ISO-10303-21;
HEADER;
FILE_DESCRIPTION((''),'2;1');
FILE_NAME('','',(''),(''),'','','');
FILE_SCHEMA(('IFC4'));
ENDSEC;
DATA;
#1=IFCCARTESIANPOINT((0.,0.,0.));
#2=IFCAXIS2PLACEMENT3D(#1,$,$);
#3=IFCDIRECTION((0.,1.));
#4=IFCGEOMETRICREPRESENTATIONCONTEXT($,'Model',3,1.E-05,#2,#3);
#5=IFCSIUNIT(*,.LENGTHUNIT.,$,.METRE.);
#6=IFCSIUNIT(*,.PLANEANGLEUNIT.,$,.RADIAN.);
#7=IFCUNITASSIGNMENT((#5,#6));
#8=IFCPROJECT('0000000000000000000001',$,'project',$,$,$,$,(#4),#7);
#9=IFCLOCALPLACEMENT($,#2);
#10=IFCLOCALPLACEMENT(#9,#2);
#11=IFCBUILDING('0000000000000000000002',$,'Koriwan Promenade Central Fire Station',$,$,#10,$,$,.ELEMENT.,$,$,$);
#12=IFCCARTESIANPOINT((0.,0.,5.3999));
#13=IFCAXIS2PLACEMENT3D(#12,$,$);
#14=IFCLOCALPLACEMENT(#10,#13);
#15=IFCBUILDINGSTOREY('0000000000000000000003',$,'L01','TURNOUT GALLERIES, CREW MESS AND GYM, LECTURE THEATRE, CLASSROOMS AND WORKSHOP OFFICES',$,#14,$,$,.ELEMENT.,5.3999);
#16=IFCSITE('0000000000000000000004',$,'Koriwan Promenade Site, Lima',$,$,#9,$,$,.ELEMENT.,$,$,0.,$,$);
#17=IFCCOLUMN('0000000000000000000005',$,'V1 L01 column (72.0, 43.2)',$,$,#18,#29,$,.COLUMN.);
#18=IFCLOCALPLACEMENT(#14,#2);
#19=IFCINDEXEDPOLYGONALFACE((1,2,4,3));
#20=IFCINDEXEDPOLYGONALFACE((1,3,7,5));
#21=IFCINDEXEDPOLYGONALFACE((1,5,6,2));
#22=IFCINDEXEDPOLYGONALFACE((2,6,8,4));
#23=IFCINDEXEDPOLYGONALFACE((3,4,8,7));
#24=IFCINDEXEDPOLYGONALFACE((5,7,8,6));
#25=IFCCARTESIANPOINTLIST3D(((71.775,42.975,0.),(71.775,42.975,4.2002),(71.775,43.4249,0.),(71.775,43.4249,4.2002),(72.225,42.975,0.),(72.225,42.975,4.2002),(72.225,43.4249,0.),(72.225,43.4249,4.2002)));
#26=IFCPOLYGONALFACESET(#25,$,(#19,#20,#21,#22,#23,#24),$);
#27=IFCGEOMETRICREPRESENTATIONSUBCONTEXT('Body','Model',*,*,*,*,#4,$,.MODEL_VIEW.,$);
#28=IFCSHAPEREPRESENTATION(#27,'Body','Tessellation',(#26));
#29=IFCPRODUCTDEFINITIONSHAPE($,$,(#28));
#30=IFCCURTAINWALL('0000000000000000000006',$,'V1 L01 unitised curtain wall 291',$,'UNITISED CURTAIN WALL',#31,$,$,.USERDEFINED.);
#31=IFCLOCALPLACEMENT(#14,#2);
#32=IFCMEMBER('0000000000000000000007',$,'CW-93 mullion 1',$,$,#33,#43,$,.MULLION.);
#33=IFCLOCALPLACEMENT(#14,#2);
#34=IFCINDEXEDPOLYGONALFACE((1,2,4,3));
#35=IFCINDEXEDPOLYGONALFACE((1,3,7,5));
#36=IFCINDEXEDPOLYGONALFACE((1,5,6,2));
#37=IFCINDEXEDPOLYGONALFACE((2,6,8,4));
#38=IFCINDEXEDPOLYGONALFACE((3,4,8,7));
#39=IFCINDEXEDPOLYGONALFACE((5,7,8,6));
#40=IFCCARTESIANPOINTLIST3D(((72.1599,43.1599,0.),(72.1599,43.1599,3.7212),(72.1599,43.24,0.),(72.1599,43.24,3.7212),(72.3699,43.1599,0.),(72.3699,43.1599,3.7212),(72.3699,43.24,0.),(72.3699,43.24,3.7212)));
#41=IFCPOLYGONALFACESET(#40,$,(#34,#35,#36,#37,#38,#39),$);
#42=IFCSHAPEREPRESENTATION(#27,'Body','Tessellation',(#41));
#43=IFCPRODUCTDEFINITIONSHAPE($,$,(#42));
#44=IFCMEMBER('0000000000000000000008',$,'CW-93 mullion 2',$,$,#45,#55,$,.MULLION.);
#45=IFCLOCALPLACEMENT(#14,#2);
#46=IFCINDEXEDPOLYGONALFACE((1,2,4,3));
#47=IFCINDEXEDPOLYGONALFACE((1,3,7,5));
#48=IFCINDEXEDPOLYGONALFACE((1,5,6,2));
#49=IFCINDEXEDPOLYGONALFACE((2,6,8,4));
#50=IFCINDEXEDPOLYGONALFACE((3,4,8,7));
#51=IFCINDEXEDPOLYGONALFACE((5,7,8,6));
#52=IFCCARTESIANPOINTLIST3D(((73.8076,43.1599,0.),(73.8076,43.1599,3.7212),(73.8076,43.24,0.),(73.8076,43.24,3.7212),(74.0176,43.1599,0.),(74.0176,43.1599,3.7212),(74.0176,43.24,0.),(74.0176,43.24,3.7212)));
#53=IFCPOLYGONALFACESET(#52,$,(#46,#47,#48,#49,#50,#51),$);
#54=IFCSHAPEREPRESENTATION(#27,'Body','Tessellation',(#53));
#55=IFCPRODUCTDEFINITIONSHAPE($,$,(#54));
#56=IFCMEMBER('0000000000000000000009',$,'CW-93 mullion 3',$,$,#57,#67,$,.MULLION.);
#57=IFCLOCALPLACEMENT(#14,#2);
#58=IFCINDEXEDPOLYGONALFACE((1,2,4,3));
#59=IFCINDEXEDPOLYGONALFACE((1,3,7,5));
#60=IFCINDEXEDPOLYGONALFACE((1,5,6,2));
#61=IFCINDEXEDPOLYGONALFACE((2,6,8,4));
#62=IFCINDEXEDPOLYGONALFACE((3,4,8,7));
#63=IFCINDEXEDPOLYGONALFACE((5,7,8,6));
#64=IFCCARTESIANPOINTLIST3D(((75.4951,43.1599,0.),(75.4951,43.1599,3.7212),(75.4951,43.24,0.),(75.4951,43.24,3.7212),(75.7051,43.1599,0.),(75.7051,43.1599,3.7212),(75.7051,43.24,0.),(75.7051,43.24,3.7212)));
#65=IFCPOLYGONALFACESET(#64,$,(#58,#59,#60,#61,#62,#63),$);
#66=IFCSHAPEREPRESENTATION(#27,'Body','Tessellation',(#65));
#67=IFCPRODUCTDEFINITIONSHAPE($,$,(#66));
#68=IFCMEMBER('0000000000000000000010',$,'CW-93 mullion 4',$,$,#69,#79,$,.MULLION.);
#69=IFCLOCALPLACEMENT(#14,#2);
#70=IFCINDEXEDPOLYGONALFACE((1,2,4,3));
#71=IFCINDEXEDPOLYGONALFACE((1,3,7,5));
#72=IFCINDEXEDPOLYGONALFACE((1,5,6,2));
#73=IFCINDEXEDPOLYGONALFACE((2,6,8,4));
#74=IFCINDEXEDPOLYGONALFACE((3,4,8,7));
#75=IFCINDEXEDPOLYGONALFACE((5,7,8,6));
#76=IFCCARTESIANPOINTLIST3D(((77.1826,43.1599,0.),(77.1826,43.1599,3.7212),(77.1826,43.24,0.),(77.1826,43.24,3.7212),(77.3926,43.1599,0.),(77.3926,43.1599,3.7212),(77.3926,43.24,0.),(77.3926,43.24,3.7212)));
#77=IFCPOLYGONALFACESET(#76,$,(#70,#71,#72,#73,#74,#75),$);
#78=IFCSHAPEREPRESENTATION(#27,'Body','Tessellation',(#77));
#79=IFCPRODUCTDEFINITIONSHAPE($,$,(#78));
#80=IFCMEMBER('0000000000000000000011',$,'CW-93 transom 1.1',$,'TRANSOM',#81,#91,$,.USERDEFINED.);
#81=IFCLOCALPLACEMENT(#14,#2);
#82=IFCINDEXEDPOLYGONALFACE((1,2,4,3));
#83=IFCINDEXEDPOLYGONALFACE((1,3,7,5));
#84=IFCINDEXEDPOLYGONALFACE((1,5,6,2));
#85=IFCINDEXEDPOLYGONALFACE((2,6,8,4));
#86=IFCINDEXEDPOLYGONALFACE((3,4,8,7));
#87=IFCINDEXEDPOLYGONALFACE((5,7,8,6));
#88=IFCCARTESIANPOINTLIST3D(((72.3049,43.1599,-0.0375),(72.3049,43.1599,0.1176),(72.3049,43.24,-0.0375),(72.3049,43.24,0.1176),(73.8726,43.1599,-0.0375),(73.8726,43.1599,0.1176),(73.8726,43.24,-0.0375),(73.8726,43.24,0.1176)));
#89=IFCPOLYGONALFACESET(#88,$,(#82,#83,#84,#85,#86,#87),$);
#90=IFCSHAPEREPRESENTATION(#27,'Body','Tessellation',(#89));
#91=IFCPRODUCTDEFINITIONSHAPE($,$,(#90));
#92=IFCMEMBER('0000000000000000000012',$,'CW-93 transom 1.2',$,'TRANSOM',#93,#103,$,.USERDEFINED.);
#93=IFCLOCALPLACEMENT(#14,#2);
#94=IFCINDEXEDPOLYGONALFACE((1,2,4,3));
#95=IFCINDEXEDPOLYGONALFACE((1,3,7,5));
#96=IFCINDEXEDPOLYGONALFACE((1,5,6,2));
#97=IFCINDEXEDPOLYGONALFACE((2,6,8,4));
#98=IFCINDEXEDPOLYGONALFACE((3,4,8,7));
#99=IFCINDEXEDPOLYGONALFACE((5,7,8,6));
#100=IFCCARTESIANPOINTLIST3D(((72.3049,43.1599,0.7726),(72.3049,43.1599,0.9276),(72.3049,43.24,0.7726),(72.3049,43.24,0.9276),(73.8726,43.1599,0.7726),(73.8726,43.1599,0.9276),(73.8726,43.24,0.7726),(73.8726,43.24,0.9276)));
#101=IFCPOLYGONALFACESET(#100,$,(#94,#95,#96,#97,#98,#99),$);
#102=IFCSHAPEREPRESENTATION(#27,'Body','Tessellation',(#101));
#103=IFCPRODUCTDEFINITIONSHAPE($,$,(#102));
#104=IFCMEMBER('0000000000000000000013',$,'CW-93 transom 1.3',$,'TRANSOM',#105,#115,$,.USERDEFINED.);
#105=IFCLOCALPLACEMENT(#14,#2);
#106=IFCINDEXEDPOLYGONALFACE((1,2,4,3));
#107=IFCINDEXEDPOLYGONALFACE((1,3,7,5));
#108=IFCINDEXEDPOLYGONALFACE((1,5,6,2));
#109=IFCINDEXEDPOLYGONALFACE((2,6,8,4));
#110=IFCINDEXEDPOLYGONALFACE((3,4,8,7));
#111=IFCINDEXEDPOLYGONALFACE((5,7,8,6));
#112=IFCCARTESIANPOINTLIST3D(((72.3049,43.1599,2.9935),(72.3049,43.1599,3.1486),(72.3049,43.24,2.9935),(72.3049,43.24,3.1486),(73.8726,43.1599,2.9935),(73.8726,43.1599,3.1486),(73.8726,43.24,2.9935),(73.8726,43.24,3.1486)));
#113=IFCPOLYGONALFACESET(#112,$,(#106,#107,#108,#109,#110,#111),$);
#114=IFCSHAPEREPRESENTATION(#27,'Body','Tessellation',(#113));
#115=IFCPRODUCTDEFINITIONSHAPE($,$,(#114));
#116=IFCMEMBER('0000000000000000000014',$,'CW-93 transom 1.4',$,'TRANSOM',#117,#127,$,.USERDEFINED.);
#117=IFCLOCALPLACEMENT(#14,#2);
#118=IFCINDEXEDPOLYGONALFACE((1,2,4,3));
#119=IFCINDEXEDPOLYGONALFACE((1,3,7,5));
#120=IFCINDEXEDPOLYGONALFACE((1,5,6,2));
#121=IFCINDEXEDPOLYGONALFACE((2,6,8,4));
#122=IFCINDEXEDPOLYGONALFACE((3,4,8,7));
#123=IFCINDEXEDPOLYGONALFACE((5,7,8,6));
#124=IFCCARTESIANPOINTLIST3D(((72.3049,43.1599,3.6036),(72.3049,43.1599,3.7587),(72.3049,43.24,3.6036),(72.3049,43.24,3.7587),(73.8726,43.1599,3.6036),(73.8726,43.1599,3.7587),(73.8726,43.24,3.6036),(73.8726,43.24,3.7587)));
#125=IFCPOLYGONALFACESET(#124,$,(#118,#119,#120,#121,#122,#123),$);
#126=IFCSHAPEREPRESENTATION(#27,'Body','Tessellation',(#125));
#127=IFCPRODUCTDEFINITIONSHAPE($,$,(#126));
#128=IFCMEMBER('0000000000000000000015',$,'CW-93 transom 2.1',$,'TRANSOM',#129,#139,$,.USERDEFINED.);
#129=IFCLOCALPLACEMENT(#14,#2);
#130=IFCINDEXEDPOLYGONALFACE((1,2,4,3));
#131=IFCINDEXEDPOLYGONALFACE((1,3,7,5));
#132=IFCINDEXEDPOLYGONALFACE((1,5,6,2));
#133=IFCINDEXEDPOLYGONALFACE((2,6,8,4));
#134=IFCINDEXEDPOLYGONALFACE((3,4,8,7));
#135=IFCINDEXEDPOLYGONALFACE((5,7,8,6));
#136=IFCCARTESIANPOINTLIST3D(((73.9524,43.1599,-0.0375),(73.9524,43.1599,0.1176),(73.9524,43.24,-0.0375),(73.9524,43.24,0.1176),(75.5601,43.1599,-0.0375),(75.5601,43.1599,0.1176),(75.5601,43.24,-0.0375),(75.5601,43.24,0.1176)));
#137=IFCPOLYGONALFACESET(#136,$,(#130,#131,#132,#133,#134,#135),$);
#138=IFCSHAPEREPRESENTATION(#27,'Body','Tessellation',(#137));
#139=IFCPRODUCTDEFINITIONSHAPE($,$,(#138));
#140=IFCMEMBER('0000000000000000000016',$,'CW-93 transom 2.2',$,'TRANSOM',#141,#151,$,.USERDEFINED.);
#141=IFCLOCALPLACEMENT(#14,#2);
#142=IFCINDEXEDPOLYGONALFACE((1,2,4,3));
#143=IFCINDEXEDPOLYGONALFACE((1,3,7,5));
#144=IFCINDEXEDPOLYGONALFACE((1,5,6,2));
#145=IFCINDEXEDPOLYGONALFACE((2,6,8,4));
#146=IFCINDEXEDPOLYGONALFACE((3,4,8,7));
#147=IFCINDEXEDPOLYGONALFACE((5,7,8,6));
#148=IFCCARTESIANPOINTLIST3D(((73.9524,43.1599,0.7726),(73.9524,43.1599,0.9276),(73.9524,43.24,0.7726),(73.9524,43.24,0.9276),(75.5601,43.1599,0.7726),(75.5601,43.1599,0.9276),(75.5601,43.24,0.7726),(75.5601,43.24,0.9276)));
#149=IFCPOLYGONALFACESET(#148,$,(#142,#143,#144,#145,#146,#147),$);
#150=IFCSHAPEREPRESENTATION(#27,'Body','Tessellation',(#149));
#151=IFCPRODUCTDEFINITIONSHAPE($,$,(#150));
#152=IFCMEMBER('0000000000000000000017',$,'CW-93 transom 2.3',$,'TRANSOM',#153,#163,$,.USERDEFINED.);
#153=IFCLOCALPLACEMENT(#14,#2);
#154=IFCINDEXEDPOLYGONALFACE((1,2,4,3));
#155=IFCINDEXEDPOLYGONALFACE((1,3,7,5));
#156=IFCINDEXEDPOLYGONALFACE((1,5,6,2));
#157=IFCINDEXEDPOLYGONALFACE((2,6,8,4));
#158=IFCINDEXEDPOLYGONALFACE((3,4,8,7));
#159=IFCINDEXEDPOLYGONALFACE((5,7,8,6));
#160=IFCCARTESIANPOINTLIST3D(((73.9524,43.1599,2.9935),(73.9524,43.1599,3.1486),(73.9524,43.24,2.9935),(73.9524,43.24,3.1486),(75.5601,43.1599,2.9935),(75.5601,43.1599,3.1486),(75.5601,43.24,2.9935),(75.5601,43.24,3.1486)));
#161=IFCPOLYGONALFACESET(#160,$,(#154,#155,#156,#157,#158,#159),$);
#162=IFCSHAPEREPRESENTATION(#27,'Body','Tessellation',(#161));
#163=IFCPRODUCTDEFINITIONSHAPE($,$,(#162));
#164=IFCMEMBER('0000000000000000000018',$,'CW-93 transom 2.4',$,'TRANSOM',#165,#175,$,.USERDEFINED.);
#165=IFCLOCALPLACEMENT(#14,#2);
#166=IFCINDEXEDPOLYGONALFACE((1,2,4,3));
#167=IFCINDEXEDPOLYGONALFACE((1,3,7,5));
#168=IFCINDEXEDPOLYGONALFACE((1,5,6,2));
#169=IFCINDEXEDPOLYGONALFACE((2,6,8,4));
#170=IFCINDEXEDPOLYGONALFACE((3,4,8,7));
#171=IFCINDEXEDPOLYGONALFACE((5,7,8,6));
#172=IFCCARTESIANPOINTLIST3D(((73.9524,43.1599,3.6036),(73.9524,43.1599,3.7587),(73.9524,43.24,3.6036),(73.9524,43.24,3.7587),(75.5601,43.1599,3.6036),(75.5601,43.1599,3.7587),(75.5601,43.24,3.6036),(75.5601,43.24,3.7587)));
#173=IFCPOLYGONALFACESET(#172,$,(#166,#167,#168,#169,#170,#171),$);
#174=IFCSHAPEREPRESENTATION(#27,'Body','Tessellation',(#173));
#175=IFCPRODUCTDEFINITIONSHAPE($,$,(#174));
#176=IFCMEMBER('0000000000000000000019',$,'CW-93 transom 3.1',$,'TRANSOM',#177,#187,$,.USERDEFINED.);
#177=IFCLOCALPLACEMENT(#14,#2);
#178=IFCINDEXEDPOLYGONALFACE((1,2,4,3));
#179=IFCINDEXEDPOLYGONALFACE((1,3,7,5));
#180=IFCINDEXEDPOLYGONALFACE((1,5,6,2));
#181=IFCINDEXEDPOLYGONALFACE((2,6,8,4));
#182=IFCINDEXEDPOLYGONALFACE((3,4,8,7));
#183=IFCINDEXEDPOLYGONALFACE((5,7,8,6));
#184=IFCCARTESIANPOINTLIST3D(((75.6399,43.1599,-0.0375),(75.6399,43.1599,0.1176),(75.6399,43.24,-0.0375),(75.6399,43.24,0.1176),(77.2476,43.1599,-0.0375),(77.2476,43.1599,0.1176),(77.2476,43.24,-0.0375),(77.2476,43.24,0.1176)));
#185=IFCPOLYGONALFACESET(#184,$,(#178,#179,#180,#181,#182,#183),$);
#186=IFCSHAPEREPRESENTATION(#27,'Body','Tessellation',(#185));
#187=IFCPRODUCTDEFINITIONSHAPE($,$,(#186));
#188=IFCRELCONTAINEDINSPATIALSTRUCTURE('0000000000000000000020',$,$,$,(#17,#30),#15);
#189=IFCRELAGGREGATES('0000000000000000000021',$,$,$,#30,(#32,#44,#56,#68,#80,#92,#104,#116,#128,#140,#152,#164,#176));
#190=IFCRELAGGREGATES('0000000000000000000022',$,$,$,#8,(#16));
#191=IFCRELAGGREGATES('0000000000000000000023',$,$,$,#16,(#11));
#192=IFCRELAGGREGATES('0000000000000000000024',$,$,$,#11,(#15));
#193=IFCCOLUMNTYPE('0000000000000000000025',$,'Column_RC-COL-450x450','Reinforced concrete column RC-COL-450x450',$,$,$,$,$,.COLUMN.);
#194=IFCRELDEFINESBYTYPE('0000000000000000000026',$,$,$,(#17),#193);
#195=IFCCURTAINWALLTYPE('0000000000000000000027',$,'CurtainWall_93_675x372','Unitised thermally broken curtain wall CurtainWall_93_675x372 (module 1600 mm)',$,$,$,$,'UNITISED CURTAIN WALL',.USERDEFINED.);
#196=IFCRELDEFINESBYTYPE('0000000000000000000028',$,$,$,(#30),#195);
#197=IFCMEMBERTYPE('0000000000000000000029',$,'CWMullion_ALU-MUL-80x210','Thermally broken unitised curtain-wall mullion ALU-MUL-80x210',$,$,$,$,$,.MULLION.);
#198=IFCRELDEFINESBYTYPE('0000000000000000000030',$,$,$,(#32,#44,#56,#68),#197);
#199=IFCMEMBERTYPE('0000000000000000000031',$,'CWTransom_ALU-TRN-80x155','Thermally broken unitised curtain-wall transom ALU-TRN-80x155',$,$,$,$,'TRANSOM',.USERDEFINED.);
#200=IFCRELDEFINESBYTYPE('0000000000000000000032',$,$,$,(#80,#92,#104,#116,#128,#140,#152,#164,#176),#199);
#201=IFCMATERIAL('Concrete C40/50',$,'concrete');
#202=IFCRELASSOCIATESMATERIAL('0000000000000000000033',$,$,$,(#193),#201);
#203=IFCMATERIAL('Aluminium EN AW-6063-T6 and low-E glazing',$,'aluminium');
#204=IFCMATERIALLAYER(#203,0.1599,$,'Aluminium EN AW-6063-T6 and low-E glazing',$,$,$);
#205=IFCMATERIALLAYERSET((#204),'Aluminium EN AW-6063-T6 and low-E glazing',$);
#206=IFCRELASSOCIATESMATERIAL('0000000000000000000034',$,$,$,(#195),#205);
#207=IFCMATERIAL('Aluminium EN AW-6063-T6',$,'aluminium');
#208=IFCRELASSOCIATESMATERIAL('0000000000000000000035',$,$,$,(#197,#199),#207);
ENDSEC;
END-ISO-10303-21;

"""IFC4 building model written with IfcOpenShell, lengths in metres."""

from ifc_helpers import new_model, si_unit, direction, frame, origin, origin_2d, place, context, subcontext, project, spatial, rectangle, extrude, material, layer, layer_set, material_profile, profile_set, type_object, element, aggregate, save


model = new_model("IFC4")

# Units and contexts
model_context = context("Model", 3, precision=1e-05, world=origin(), true_north=direction((0.0, 1.0)))
body_context = subcontext(model_context, "Body", "Model", "MODEL_VIEW")
ifc_project = project(units=[si_unit("LENGTHUNIT", "METRE"), si_unit("PLANEANGLEUNIT", "RADIAN")], contexts=[model_context])

# Site, building, storey
site_placement = place(None, origin())
site = spatial("IfcSite", under=ifc_project, at=site_placement, Name="Koriwan Promenade Site, Lima", CompositionType="ELEMENT", RefElevation=0.0)
building_placement = place(site_placement, origin())
building = spatial("IfcBuilding", under=site, at=building_placement, Name="Koriwan Promenade Central Fire Station", CompositionType="ELEMENT")
storey_placement = place(building_placement, frame((0.0, 0.0, 5.3999)))
storey = spatial("IfcBuildingStorey", under=building, at=storey_placement, Name="L01", Description="TURNOUT GALLERIES, CREW MESS AND GYM, LECTURE THEATRE, CLASSROOMS AND WORKSHOP OFFICES", CompositionType="ELEMENT", Elevation=5.3999)

# Column
ifc_material_1 = material(Name="Concrete C40/50", Category="concrete")
ifc_material_profile_1 = material_profile(ifc_material_1, rectangle(XDim=0.45, YDim=0.45, at=origin_2d()), Name="RC-COL-450x450")
ifc_profile_set_1 = profile_set([ifc_material_profile_1], Name="Concrete C40/50")
column_type = type_object("IfcColumnType", Name="Column_RC-COL-450x450", Description="Reinforced concrete column RC-COL-450x450", PredefinedType="COLUMN", material=ifc_profile_set_1)
column_placement = place(storey_placement, frame((72.0, 43.2, 0.0), z_axis=(0.0, 0.0, 1.0), x_axis=(1.0, 0.0, 0.0)))
element("IfcColumn", 1, at=column_placement, inside=storey, type_object=column_type, Name="V1 L01 column (72.0, 43.2)", PredefinedType="COLUMN", context=body_context, shape_type="SweptSolid", body=[
    extrude(rectangle(XDim=0.45, YDim=0.45, at=origin_2d()), origin(), (0.0, 0.0, 1.0), 4.2002),
])

# Curtain wall, members
ifc_material_2 = material(Name="Aluminium EN AW-6063-T6 and low-E glazing", Category="aluminium")
ifc_layer_1 = layer(ifc_material_2, 0.1599, Name="Aluminium EN AW-6063-T6 and low-E glazing")
ifc_layer_set_1 = layer_set([ifc_layer_1], Name="Aluminium EN AW-6063-T6 and low-E glazing")
curtain_wall_type = type_object("IfcCurtainWallType", Name="CurtainWall_93_675x372", Description="Unitised thermally broken curtain wall CurtainWall_93_675x372 (module 1600 mm)", ElementType="UNITISED CURTAIN WALL", PredefinedType="USERDEFINED", material=ifc_layer_set_1)
curtain_wall_placement = place(storey_placement, origin())
curtain_wall = element("IfcCurtainWall", 2, at=curtain_wall_placement, inside=storey, type_object=curtain_wall_type, Name="V1 L01 unitised curtain wall 291", ObjectType="UNITISED CURTAIN WALL", PredefinedType="USERDEFINED")
ifc_material_3 = material(Name="Aluminium EN AW-6063-T6", Category="aluminium")
ifc_material_profile_2 = material_profile(ifc_material_3, rectangle(XDim=0.0801, YDim=0.21, at=origin_2d()), Name="ALU-MUL-80x210")
ifc_profile_set_2 = profile_set([ifc_material_profile_2], Name="Aluminium EN AW-6063-T6")
member_type_1 = type_object("IfcMemberType", Name="CWMullion_ALU-MUL-80x210", Description="Thermally broken unitised curtain-wall mullion ALU-MUL-80x210", PredefinedType="MULLION", material=ifc_profile_set_2)
member_1_placement = place(storey_placement, frame((72.2649, 43.2, 0.0), z_axis=(0.0, 0.0, 1.0), x_axis=(0.0, 1.0, 0.0)))
member_1 = element("IfcMember", 3, at=member_1_placement, type_object=member_type_1, Name="CW-93 mullion 1", PredefinedType="MULLION", context=body_context, shape_type="SweptSolid", body=[
    extrude(rectangle(XDim=0.0801, YDim=0.21, at=origin_2d()), origin(), (0.0, 0.0, 1.0), 3.7212),
])
member_2_placement = place(storey_placement, frame((73.9126, 43.2, 0.0), z_axis=(0.0, 0.0, 1.0), x_axis=(0.0, 1.0, 0.0)))
member_2 = element("IfcMember", 4, at=member_2_placement, type_object=member_type_1, Name="CW-93 mullion 2", PredefinedType="MULLION", context=body_context, shape_type="SweptSolid", body=[
    extrude(rectangle(XDim=0.0801, YDim=0.21, at=origin_2d()), origin(), (0.0, 0.0, 1.0), 3.7212),
])
member_3_placement = place(storey_placement, frame((75.6001, 43.2, 0.0), z_axis=(0.0, 0.0, 1.0), x_axis=(0.0, 1.0, 0.0)))
member_3 = element("IfcMember", 5, at=member_3_placement, type_object=member_type_1, Name="CW-93 mullion 3", PredefinedType="MULLION", context=body_context, shape_type="SweptSolid", body=[
    extrude(rectangle(XDim=0.0801, YDim=0.21, at=origin_2d()), origin(), (0.0, 0.0, 1.0), 3.7212),
])
member_4_placement = place(storey_placement, frame((77.2876, 43.2, 0.0), z_axis=(0.0, 0.0, 1.0), x_axis=(0.0, 1.0, 0.0)))
member_4 = element("IfcMember", 6, at=member_4_placement, type_object=member_type_1, Name="CW-93 mullion 4", PredefinedType="MULLION", context=body_context, shape_type="SweptSolid", body=[
    extrude(rectangle(XDim=0.0801, YDim=0.21, at=origin_2d()), origin(), (0.0, 0.0, 1.0), 3.7212),
])
ifc_material_profile_3 = material_profile(ifc_material_3, rectangle(XDim=0.0801, YDim=0.155, at=origin_2d()), Name="ALU-TRN-80x155")
ifc_profile_set_3 = profile_set([ifc_material_profile_3], Name="Aluminium EN AW-6063-T6")
member_type_2 = type_object("IfcMemberType", Name="CWTransom_ALU-TRN-80x155", Description="Thermally broken unitised curtain-wall transom ALU-TRN-80x155", ElementType="TRANSOM", PredefinedType="USERDEFINED", material=ifc_profile_set_3)
member_5_placement = place(storey_placement, frame((72.3049, 43.2, 0.04), z_axis=(1.0, 0.0, 0.0), x_axis=(0.0, 1.0, 0.0)))
member_5 = element("IfcMember", 7, at=member_5_placement, type_object=member_type_2, Name="CW-93 transom 1.1", ObjectType="TRANSOM", PredefinedType="USERDEFINED", context=body_context, shape_type="SweptSolid", body=[
    extrude(rectangle(XDim=0.0801, YDim=0.155, at=origin_2d()), origin(), (0.0, 0.0, 1.0), 1.5676),
])
member_6_placement = place(storey_placement, frame((72.3049, 43.2, 0.8501), z_axis=(1.0, 0.0, 0.0), x_axis=(0.0, 1.0, 0.0)))
member_6 = element("IfcMember", 8, at=member_6_placement, type_object=member_type_2, Name="CW-93 transom 1.2", ObjectType="TRANSOM", PredefinedType="USERDEFINED", context=body_context, shape_type="SweptSolid", body=[
    extrude(rectangle(XDim=0.0801, YDim=0.155, at=origin_2d()), origin(), (0.0, 0.0, 1.0), 1.5676),
])
member_7_placement = place(storey_placement, frame((72.3049, 43.2, 3.071), z_axis=(1.0, 0.0, 0.0), x_axis=(0.0, 1.0, 0.0)))
member_7 = element("IfcMember", 9, at=member_7_placement, type_object=member_type_2, Name="CW-93 transom 1.3", ObjectType="TRANSOM", PredefinedType="USERDEFINED", context=body_context, shape_type="SweptSolid", body=[
    extrude(rectangle(XDim=0.0801, YDim=0.155, at=origin_2d()), origin(), (0.0, 0.0, 1.0), 1.5676),
])
member_8_placement = place(storey_placement, frame((72.3049, 43.2, 3.6812), z_axis=(1.0, 0.0, 0.0), x_axis=(0.0, 1.0, 0.0)))
member_8 = element("IfcMember", 10, at=member_8_placement, type_object=member_type_2, Name="CW-93 transom 1.4", ObjectType="TRANSOM", PredefinedType="USERDEFINED", context=body_context, shape_type="SweptSolid", body=[
    extrude(rectangle(XDim=0.0801, YDim=0.155, at=origin_2d()), origin(), (0.0, 0.0, 1.0), 1.5676),
])
member_9_placement = place(storey_placement, frame((73.9524, 43.2, 0.04), z_axis=(1.0, 0.0, 0.0), x_axis=(0.0, 1.0, 0.0)))
member_9 = element("IfcMember", 11, at=member_9_placement, type_object=member_type_2, Name="CW-93 transom 2.1", ObjectType="TRANSOM", PredefinedType="USERDEFINED", context=body_context, shape_type="SweptSolid", body=[
    extrude(rectangle(XDim=0.0801, YDim=0.155, at=origin_2d()), origin(), (0.0, 0.0, 1.0), 1.6077),
])
member_10_placement = place(storey_placement, frame((73.9524, 43.2, 0.8501), z_axis=(1.0, 0.0, 0.0), x_axis=(0.0, 1.0, 0.0)))
member_10 = element("IfcMember", 12, at=member_10_placement, type_object=member_type_2, Name="CW-93 transom 2.2", ObjectType="TRANSOM", PredefinedType="USERDEFINED", context=body_context, shape_type="SweptSolid", body=[
    extrude(rectangle(XDim=0.0801, YDim=0.155, at=origin_2d()), origin(), (0.0, 0.0, 1.0), 1.6077),
])
member_11_placement = place(storey_placement, frame((73.9524, 43.2, 3.071), z_axis=(1.0, 0.0, 0.0), x_axis=(0.0, 1.0, 0.0)))
member_11 = element("IfcMember", 13, at=member_11_placement, type_object=member_type_2, Name="CW-93 transom 2.3", ObjectType="TRANSOM", PredefinedType="USERDEFINED", context=body_context, shape_type="SweptSolid", body=[
    extrude(rectangle(XDim=0.0801, YDim=0.155, at=origin_2d()), origin(), (0.0, 0.0, 1.0), 1.6077),
])
member_12_placement = place(storey_placement, frame((73.9524, 43.2, 3.6812), z_axis=(1.0, 0.0, 0.0), x_axis=(0.0, 1.0, 0.0)))
member_12 = element("IfcMember", 14, at=member_12_placement, type_object=member_type_2, Name="CW-93 transom 2.4", ObjectType="TRANSOM", PredefinedType="USERDEFINED", context=body_context, shape_type="SweptSolid", body=[
    extrude(rectangle(XDim=0.0801, YDim=0.155, at=origin_2d()), origin(), (0.0, 0.0, 1.0), 1.6077),
])
member_13_placement = place(storey_placement, frame((75.6399, 43.2, 0.04), z_axis=(1.0, 0.0, 0.0), x_axis=(0.0, 1.0, 0.0)))
member_13 = element("IfcMember", 15, at=member_13_placement, type_object=member_type_2, Name="CW-93 transom 3.1", ObjectType="TRANSOM", PredefinedType="USERDEFINED", context=body_context, shape_type="SweptSolid", body=[
    extrude(rectangle(XDim=0.0801, YDim=0.155, at=origin_2d()), origin(), (0.0, 0.0, 1.0), 1.6077),
])

aggregate(curtain_wall, [member_1, member_2, member_3, member_4, member_5, member_6, member_7, member_8, member_9, member_10, member_11, member_12, member_13])

save(model, "model.ifc")
